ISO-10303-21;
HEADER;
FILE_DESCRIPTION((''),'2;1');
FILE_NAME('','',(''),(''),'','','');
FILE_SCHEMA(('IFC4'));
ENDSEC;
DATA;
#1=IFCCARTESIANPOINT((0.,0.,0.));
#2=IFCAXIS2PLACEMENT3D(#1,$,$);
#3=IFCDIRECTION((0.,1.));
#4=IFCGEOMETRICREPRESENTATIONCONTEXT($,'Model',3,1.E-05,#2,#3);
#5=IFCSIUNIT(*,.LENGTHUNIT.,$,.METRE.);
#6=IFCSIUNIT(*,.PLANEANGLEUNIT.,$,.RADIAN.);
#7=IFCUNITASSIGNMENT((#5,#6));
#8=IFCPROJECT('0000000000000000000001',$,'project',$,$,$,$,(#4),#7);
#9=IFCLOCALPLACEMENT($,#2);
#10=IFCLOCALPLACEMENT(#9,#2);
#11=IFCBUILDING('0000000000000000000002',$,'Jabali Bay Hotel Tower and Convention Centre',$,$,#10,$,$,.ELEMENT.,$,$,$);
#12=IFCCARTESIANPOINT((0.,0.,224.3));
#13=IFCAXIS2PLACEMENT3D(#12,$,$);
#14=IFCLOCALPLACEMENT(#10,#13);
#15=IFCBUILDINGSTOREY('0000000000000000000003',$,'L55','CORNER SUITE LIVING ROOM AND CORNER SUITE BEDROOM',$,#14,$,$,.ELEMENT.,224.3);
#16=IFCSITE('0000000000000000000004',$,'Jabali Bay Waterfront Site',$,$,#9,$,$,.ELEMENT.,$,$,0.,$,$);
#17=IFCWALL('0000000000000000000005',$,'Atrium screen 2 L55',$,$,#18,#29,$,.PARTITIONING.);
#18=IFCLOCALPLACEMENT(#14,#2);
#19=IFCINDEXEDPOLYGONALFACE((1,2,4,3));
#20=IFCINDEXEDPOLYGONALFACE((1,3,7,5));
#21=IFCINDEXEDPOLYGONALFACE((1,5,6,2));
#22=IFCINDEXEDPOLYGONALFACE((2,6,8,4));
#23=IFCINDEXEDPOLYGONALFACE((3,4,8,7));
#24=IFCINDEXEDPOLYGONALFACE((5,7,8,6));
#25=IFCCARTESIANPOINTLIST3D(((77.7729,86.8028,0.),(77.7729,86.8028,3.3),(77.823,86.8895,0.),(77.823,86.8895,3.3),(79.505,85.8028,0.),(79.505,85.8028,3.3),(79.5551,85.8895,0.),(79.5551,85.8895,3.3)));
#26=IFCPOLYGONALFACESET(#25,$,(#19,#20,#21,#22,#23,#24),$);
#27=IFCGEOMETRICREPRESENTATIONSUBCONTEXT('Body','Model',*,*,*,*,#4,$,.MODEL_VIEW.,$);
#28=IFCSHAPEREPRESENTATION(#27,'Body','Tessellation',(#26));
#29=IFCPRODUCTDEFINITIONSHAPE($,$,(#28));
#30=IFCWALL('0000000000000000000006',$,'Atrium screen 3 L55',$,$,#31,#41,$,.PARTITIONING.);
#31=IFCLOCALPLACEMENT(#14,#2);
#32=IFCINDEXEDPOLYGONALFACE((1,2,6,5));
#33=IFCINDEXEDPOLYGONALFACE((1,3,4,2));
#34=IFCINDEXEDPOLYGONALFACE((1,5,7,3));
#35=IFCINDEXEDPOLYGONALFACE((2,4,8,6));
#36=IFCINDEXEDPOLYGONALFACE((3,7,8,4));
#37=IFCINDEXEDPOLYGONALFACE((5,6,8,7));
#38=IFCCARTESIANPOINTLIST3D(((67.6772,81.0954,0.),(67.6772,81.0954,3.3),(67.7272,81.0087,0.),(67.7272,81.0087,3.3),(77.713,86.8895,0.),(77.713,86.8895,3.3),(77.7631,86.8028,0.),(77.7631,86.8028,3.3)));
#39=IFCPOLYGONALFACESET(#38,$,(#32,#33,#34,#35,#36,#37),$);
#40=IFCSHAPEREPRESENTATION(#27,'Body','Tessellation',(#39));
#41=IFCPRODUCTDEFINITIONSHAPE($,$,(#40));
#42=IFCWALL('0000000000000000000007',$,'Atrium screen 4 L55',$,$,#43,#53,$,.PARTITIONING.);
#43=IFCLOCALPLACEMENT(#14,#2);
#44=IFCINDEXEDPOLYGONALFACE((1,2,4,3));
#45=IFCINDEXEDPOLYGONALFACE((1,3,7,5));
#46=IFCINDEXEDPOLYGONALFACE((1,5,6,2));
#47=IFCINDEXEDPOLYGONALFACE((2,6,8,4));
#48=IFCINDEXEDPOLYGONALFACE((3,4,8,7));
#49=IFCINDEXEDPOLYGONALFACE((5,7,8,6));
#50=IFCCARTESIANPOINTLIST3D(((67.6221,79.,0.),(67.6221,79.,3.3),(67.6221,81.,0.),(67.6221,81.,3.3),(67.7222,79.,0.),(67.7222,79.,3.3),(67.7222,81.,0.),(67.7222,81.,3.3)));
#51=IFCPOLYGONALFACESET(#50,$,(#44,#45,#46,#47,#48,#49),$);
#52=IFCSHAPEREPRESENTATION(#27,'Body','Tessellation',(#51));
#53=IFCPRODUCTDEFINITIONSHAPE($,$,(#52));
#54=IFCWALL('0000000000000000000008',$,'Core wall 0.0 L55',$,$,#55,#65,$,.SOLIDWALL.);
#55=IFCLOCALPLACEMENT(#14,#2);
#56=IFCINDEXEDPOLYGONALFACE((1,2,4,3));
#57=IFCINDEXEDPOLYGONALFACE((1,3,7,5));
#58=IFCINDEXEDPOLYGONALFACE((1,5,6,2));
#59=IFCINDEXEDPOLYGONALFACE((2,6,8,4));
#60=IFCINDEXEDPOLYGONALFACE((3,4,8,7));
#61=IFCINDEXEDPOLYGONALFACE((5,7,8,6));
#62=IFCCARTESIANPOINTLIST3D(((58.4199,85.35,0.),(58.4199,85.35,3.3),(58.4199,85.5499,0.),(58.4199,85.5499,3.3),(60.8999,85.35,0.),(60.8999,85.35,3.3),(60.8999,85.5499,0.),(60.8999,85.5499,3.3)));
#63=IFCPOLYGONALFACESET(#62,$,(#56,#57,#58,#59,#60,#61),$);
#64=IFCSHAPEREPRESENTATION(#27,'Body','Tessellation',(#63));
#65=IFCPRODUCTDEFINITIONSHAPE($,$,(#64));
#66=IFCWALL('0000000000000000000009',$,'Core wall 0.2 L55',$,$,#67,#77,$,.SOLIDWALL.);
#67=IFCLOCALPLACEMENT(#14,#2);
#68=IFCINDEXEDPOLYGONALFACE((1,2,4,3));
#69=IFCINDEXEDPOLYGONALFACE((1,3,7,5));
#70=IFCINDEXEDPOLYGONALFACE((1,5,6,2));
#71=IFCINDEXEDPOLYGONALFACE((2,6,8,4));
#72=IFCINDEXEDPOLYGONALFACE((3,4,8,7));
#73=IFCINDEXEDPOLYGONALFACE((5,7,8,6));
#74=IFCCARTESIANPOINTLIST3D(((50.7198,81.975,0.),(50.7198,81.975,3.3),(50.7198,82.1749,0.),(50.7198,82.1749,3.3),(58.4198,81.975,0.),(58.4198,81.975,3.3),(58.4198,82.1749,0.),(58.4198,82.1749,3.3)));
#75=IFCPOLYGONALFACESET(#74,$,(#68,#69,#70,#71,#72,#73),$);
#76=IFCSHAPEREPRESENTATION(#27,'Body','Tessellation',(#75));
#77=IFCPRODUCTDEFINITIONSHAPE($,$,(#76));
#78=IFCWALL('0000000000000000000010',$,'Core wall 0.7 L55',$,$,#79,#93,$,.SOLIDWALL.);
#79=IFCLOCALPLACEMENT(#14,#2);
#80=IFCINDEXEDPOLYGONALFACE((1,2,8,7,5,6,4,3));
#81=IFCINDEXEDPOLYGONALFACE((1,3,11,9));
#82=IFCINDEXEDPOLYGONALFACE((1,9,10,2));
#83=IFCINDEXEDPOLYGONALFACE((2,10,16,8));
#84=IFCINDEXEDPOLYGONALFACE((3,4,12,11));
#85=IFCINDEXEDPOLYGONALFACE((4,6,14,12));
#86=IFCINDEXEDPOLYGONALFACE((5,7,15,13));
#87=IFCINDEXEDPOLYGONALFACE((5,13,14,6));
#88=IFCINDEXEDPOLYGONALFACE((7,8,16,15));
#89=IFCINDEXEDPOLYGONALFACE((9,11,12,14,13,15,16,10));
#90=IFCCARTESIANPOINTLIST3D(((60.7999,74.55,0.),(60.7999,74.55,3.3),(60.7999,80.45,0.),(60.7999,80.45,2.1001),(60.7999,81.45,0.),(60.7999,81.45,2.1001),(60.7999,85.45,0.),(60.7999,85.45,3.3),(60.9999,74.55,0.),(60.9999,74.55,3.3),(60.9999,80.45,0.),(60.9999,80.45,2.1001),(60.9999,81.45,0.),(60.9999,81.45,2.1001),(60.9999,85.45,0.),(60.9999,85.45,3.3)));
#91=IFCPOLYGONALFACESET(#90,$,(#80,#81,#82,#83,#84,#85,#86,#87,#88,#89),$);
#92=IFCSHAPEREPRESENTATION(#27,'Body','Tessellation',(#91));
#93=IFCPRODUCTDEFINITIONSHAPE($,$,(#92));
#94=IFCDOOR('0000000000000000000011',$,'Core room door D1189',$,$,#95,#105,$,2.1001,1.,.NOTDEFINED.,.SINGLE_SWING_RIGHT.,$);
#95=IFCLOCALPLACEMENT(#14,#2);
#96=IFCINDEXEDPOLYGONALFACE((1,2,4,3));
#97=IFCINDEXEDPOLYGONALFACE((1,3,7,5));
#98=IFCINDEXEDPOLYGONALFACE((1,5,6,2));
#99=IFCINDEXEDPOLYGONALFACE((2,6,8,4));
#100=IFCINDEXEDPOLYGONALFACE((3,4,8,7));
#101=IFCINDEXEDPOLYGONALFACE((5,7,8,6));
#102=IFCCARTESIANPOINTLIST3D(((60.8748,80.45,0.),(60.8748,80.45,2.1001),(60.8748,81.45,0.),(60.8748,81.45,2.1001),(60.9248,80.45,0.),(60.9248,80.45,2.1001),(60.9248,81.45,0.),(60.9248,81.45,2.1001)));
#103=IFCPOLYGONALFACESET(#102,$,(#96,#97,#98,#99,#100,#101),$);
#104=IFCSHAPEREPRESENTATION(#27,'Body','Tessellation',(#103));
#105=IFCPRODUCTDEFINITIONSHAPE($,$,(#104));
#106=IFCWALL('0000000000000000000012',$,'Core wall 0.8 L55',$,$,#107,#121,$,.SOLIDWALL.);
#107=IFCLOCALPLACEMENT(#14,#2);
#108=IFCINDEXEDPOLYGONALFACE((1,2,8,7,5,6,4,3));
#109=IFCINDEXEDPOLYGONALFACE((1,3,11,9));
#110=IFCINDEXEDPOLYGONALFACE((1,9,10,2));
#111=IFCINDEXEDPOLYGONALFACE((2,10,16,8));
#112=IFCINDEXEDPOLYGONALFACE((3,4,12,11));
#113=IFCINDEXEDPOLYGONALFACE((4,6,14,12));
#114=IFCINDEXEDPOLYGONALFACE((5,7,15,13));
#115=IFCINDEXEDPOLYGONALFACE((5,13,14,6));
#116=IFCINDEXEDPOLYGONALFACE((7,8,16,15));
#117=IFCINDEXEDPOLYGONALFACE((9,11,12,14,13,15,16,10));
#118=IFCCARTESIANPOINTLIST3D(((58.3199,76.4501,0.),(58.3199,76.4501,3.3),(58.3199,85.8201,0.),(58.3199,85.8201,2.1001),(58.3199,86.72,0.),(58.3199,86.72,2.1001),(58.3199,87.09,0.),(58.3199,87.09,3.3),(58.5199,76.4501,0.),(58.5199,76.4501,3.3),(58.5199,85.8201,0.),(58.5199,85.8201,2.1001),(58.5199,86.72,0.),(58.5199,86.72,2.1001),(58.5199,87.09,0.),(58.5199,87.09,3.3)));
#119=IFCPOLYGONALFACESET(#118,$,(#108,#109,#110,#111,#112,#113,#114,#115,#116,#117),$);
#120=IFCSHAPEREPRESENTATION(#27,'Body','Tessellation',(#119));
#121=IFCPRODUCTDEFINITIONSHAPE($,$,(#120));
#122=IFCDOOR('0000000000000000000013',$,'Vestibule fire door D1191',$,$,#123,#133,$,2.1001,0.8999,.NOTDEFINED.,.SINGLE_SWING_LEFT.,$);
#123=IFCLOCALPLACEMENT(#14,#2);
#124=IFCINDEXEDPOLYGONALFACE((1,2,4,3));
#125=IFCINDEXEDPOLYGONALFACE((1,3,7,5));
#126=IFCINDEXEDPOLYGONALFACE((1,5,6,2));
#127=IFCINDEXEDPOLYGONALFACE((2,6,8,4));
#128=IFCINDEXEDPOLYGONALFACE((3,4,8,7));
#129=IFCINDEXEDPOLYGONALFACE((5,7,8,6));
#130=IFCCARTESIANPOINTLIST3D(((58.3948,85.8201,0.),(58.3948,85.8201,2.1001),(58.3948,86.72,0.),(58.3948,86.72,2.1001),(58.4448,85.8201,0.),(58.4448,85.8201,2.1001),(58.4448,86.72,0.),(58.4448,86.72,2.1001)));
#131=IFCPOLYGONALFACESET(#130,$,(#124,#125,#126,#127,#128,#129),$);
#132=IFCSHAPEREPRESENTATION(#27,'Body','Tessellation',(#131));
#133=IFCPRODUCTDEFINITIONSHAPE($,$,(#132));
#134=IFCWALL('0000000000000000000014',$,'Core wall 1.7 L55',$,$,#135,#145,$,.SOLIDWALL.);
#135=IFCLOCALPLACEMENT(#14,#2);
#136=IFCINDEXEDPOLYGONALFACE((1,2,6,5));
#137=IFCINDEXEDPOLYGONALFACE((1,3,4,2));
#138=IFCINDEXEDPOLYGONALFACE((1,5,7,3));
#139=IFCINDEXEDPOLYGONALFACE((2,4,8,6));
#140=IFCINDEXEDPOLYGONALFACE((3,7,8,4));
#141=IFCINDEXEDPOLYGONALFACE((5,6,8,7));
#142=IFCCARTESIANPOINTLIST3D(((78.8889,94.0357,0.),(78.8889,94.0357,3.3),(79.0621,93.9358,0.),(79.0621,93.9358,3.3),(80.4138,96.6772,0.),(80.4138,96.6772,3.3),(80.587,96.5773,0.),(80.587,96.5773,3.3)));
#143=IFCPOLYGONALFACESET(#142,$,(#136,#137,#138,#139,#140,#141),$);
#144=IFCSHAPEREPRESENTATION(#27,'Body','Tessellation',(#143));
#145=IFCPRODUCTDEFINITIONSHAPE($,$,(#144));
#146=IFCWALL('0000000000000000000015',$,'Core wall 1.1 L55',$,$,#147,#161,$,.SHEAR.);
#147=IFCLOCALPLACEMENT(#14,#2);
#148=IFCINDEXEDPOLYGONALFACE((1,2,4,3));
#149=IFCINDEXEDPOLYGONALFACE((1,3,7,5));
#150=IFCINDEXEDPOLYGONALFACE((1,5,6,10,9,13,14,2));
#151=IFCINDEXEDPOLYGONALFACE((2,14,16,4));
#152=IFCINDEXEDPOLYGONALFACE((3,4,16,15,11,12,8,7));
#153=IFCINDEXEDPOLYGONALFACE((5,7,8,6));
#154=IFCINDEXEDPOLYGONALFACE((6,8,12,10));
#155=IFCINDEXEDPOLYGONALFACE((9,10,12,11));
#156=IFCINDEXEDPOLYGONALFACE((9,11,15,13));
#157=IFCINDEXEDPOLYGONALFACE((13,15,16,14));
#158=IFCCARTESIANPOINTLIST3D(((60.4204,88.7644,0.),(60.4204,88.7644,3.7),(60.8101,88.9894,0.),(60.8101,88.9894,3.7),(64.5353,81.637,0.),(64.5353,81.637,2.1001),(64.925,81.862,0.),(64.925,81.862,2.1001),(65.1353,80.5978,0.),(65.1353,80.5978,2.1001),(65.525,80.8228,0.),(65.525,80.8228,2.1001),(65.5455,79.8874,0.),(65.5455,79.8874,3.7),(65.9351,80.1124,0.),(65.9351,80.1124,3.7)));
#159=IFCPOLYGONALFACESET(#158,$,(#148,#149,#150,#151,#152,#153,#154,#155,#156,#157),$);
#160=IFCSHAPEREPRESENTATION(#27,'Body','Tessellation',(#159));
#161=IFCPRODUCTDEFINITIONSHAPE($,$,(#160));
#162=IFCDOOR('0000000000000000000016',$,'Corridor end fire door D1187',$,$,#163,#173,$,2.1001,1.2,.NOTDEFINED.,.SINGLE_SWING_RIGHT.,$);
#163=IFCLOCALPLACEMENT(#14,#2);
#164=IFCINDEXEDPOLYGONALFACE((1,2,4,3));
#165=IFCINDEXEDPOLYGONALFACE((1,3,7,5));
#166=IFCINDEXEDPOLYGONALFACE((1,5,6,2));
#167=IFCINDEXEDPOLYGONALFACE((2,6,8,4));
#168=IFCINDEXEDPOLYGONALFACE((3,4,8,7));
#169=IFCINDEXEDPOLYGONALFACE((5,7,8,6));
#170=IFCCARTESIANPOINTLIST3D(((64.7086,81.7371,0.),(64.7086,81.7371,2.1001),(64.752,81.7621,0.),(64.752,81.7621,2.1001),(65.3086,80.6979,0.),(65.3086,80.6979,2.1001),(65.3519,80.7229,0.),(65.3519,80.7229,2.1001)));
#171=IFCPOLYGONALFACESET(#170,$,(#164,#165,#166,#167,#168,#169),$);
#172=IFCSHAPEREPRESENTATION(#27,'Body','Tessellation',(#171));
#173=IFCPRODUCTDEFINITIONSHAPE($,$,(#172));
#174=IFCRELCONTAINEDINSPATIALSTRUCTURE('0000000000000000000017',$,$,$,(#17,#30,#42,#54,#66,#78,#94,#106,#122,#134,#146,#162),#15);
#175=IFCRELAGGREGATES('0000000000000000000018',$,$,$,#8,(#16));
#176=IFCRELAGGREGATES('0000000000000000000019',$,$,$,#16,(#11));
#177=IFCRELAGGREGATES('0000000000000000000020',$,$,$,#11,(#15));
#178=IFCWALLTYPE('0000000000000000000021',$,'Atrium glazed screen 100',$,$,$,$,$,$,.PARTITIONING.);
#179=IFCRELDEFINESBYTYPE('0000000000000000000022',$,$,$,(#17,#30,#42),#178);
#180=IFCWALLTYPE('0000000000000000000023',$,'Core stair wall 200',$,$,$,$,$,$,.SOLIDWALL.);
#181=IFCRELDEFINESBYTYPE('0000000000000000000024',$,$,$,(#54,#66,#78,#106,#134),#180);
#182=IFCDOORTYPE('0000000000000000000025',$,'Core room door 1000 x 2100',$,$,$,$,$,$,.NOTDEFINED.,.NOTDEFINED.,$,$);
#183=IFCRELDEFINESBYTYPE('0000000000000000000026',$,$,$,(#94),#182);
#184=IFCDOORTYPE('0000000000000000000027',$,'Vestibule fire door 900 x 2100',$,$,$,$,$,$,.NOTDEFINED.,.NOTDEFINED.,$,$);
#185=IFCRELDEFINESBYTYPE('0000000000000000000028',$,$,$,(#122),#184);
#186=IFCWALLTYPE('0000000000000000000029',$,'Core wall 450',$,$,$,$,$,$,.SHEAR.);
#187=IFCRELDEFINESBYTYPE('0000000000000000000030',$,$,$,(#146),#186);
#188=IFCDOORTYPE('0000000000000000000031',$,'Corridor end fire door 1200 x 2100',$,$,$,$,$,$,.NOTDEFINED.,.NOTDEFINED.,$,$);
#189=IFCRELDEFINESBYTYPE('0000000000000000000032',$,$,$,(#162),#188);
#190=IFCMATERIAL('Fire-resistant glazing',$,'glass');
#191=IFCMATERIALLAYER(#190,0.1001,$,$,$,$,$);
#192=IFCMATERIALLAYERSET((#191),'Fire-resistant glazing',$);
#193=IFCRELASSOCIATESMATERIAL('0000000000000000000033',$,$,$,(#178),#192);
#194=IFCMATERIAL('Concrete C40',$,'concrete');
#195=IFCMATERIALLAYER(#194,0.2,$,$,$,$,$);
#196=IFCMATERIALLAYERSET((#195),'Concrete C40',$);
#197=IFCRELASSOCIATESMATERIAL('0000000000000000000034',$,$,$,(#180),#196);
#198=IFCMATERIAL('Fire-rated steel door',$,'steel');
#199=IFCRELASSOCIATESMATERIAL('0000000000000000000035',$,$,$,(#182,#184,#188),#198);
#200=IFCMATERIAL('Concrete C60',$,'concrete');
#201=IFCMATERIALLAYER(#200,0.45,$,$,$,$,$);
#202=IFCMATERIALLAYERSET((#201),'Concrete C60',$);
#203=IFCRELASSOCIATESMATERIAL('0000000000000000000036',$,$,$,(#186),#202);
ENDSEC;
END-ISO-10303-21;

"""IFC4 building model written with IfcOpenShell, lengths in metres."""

from ifc_helpers import new_model, si_unit, direction, frame, frame_2d, origin, place, context, subcontext, project, spatial, rectangle, extrude, material, layer, layer_set, type_object, element, fill, save


model = new_model("IFC4")

# Units and contexts
model_context = context("Model", 3, precision=1e-05, world=origin(), true_north=direction((0.0, 1.0)))
body_context = subcontext(model_context, "Body", "Model", "MODEL_VIEW")
ifc_project = project(units=[si_unit("LENGTHUNIT", "METRE"), si_unit("PLANEANGLEUNIT", "RADIAN")], contexts=[model_context])

# Site, building, storey
site_placement = place(None, origin())
site = spatial("IfcSite", under=ifc_project, at=site_placement, Name="Jabali Bay Waterfront Site", CompositionType="ELEMENT", RefElevation=0.0)
building_placement = place(site_placement, origin())
building = spatial("IfcBuilding", under=site, at=building_placement, Name="Jabali Bay Hotel Tower and Convention Centre", CompositionType="ELEMENT")
storey_placement = place(building_placement, frame((0.0, 0.0, 224.3)))
storey = spatial("IfcBuildingStorey", under=building, at=storey_placement, Name="L55", Description="CORNER SUITE LIVING ROOM AND CORNER SUITE BEDROOM", CompositionType="ELEMENT", Elevation=224.3)

# Walls
ifc_material_1 = material(Name="Fire-resistant glazing", Category="glass")
ifc_layer_1 = layer(ifc_material_1, 0.1001)
ifc_layer_set_1 = layer_set([ifc_layer_1], Name="Fire-resistant glazing")
wall_type_1 = type_object("IfcWallType", Name="Atrium glazed screen 100", PredefinedType="PARTITIONING", material=ifc_layer_set_1)
wall_1_placement = place(storey_placement, frame((79.53, 85.8462, 0.0), z_axis=(0.0, 0.0, 1.0), x_axis=(-0.866041, 0.499973, 0.0)))
element("IfcWall", 1, at=wall_1_placement, inside=storey, type_object=wall_type_1, Name="Atrium screen 2 L55", PredefinedType="PARTITIONING", context=body_context, shape_type="SweptSolid", body=[
    extrude(rectangle(XDim=2.0, YDim=0.1001, at=frame_2d((1.0, 0.0))), origin(), (0.0, 0.0, 1.0), 3.3),
])
wall_2_placement = place(storey_placement, frame((77.738, 86.8462, 0.0), z_axis=(0.0, 0.0, 1.0), x_axis=(-0.866027, -0.499998, 0.0)))
element("IfcWall", 2, at=wall_2_placement, inside=storey, type_object=wall_type_1, Name="Atrium screen 3 L55", PredefinedType="PARTITIONING", context=body_context, shape_type="SweptSolid", body=[
    extrude(rectangle(XDim=11.5884, YDim=0.1001, at=frame_2d((5.7942, 0.0))), origin(), (0.0, 0.0, 1.0), 3.3),
])
wall_3_placement = place(storey_placement, frame((67.6721, 81.0, 0.0), z_axis=(0.0, 0.0, 1.0), x_axis=(0.0, -1.0, 0.0)))
element("IfcWall", 3, at=wall_3_placement, inside=storey, type_object=wall_type_1, Name="Atrium screen 4 L55", PredefinedType="PARTITIONING", context=body_context, shape_type="SweptSolid", body=[
    extrude(rectangle(XDim=2.0, YDim=0.1001, at=frame_2d((1.0, 0.0))), origin(), (0.0, 0.0, 1.0), 3.3),
])
ifc_material_2 = material(Name="Concrete C40", Category="concrete")
ifc_layer_2 = layer(ifc_material_2, 0.2)
ifc_layer_set_2 = layer_set([ifc_layer_2], Name="Concrete C40")
wall_type_2 = type_object("IfcWallType", Name="Core stair wall 200", PredefinedType="SOLIDWALL", material=ifc_layer_set_2)
wall_4_placement = place(storey_placement, frame((60.8999, 85.45, 0.0), z_axis=(0.0, 0.0, 1.0), x_axis=(-1.0, 0.0, 0.0)))
element("IfcWall", 4, at=wall_4_placement, inside=storey, type_object=wall_type_2, Name="Core wall 0.0 L55", PredefinedType="SOLIDWALL", context=body_context, shape_type="SweptSolid", body=[
    extrude(rectangle(XDim=2.48, YDim=0.2, at=frame_2d((1.24, 0.0))), origin(), (0.0, 0.0, 1.0), 3.3),
])
wall_5_placement = place(storey_placement, frame((58.4199, 82.075, 0.0), z_axis=(0.0, 0.0, 1.0), x_axis=(-1.0, 0.0, 0.0)))
element("IfcWall", 5, at=wall_5_placement, inside=storey, type_object=wall_type_2, Name="Core wall 0.2 L55", PredefinedType="SOLIDWALL", context=body_context, shape_type="SweptSolid", body=[
    extrude(rectangle(XDim=7.7, YDim=0.2, at=frame_2d((3.8501, 0.0))), origin(), (0.0, 0.0, 1.0), 3.3),
])

# Walls, openings, doors
wall_6_placement = place(storey_placement, frame((60.8999, 85.45, 0.0), z_axis=(0.0, 0.0, 1.0), x_axis=(0.0, -1.0, 0.0)))
wall_6 = element("IfcWall", 6, at=wall_6_placement, inside=storey, type_object=wall_type_2, Name="Core wall 0.7 L55", PredefinedType="SOLIDWALL", context=body_context, shape_type="SweptSolid", body=[
    extrude(rectangle(XDim=10.8999, YDim=0.2, at=frame_2d((5.45, 0.0))), origin(), (0.0, 0.0, 1.0), 3.3),
])
opening_1_placement = place(wall_6_placement, frame((4.0, 0.0, 0.0)))
opening_1 = element("IfcOpeningElement", 7, at=opening_1_placement, cuts=wall_6, PredefinedType="OPENING", context=body_context, shape_type="SweptSolid", body=[
    extrude(rectangle(XDim=1.0, YDim=2.1001, at=frame_2d((0.5, 1.05))), frame((0.0, 0.1104, 0.0), z_axis=(0.0, -1.0, 0.0), x_axis=(1.0, 0.0, 0.0)), (0.0, 0.0, 1.0), 0.2209),
])
ifc_material_3 = material(Name="Fire-rated steel door", Category="steel")
door_type_1 = type_object("IfcDoorType", Name="Core room door 1000 x 2100", OperationType="NOTDEFINED", PredefinedType="NOTDEFINED", material=ifc_material_3)
door_1_placement = place(opening_1_placement, origin())
door_1 = element("IfcDoor", 8, at=door_1_placement, inside=storey, type_object=door_type_1, Name="Core room door D1189", OperationType="SINGLE_SWING_RIGHT", OverallHeight=2.1001, OverallWidth=1.0, PredefinedType="NOTDEFINED", context=body_context, shape_type="SweptSolid", body=[
    extrude(rectangle(XDim=1.0, YDim=2.1001, at=frame_2d((0.5, 1.05))), frame((0.0, 0.0249, 0.0), z_axis=(0.0, -1.0, 0.0), x_axis=(1.0, 0.0, 0.0)), (0.0, 0.0, 1.0), 0.05),
])
fill(opening_1, door_1)
wall_7_placement = place(storey_placement, frame((58.4199, 87.0898, 0.0), z_axis=(0.0, 0.0, 1.0), x_axis=(0.0, -1.0, 0.0)))
wall_7 = element("IfcWall", 9, at=wall_7_placement, inside=storey, type_object=wall_type_2, Name="Core wall 0.8 L55", PredefinedType="SOLIDWALL", context=body_context, shape_type="SweptSolid", body=[
    extrude(rectangle(XDim=10.6399, YDim=0.2, at=frame_2d((5.3198, 0.0))), origin(), (0.0, 0.0, 1.0), 3.3),
])
opening_2_placement = place(wall_7_placement, frame((0.3699, 0.0, 0.0)))
opening_2 = element("IfcOpeningElement", 10, at=opening_2_placement, cuts=wall_7, PredefinedType="OPENING", context=body_context, shape_type="SweptSolid", body=[
    extrude(rectangle(XDim=0.8999, YDim=2.1001, at=frame_2d((0.45, 1.05))), frame((0.0, 0.1104, 0.0), z_axis=(0.0, -1.0, 0.0), x_axis=(1.0, 0.0, 0.0)), (0.0, 0.0, 1.0), 0.2209),
])
door_type_2 = type_object("IfcDoorType", Name="Vestibule fire door 900 x 2100", OperationType="NOTDEFINED", PredefinedType="NOTDEFINED", material=ifc_material_3)
door_2_placement = place(opening_2_placement, origin())
door_2 = element("IfcDoor", 11, at=door_2_placement, inside=storey, type_object=door_type_2, Name="Vestibule fire door D1191", OperationType="SINGLE_SWING_LEFT", OverallHeight=2.1001, OverallWidth=0.8999, PredefinedType="NOTDEFINED", context=body_context, shape_type="SweptSolid", body=[
    extrude(rectangle(XDim=0.8999, YDim=2.1001, at=frame_2d((0.45, 1.05))), frame((0.0, 0.0249, 0.0), z_axis=(0.0, -1.0, 0.0), x_axis=(1.0, 0.0, 0.0)), (0.0, 0.0, 1.0), 0.05),
])
fill(opening_2, door_2)

# Wall
wall_8_placement = place(storey_placement, frame((78.9756, 93.9858, 0.0), z_axis=(0.0, 0.0, 1.0), x_axis=(0.499944, 0.866058, 0.0)))
element("IfcWall", 12, at=wall_8_placement, inside=storey, type_object=wall_type_2, Name="Core wall 1.7 L55", PredefinedType="SOLIDWALL", context=body_context, shape_type="SweptSolid", body=[
    extrude(rectangle(XDim=3.05, YDim=0.2, at=frame_2d((1.5249, 0.0))), origin(), (0.0, 0.0, 1.0), 3.3),
])

# Wall, opening, door
ifc_material_4 = material(Name="Concrete C60", Category="concrete")
ifc_layer_3 = layer(ifc_material_4, 0.45)
ifc_layer_set_3 = layer_set([ifc_layer_3], Name="Concrete C60")
wall_type_3 = type_object("IfcWallType", Name="Core wall 450", PredefinedType="SHEAR", material=ifc_layer_set_3)
wall_9_placement = place(storey_placement, frame((65.7402, 80.0, 0.0), z_axis=(0.0, 0.0, 1.0), x_axis=(-0.499992, 0.86603, 0.0)))
wall_9 = element("IfcWall", 13, at=wall_9_placement, inside=storey, type_object=wall_type_3, Name="Core wall 1.1 L55", PredefinedType="SHEAR", context=body_context, shape_type="SweptSolid", body=[
    extrude(rectangle(XDim=10.2502, YDim=0.45, at=frame_2d((5.125, 0.0))), origin(), (0.0, 0.0, 1.0), 3.7),
])
opening_3_placement = place(wall_9_placement, frame((0.8201, 0.0, 0.0)))
opening_3 = element("IfcOpeningElement", 14, at=opening_3_placement, cuts=wall_9, PredefinedType="OPENING", context=body_context, shape_type="SweptSolid", body=[
    extrude(rectangle(XDim=1.2, YDim=2.1001, at=frame_2d((0.6001, 1.05))), frame((0.0, 0.2354, 0.0), z_axis=(0.0, -1.0, 0.0), x_axis=(1.0, 0.0, 0.0)), (0.0, 0.0, 1.0), 0.4709),
])
door_type_3 = type_object("IfcDoorType", Name="Corridor end fire door 1200 x 2100", OperationType="NOTDEFINED", PredefinedType="NOTDEFINED", material=ifc_material_3)
door_3_placement = place(opening_3_placement, origin())
door_3 = element("IfcDoor", 15, at=door_3_placement, inside=storey, type_object=door_type_3, Name="Corridor end fire door D1187", OperationType="SINGLE_SWING_RIGHT", OverallHeight=2.1001, OverallWidth=1.2, PredefinedType="NOTDEFINED", context=body_context, shape_type="SweptSolid", body=[
    extrude(rectangle(XDim=1.2, YDim=2.1001, at=frame_2d((0.6001, 1.05))), frame((0.0, 0.0249, 0.0), z_axis=(0.0, -1.0, 0.0), x_axis=(1.0, 0.0, 0.0)), (0.0, 0.0, 1.0), 0.05),
])
fill(opening_3, door_3)

save(model, "model.ifc")
